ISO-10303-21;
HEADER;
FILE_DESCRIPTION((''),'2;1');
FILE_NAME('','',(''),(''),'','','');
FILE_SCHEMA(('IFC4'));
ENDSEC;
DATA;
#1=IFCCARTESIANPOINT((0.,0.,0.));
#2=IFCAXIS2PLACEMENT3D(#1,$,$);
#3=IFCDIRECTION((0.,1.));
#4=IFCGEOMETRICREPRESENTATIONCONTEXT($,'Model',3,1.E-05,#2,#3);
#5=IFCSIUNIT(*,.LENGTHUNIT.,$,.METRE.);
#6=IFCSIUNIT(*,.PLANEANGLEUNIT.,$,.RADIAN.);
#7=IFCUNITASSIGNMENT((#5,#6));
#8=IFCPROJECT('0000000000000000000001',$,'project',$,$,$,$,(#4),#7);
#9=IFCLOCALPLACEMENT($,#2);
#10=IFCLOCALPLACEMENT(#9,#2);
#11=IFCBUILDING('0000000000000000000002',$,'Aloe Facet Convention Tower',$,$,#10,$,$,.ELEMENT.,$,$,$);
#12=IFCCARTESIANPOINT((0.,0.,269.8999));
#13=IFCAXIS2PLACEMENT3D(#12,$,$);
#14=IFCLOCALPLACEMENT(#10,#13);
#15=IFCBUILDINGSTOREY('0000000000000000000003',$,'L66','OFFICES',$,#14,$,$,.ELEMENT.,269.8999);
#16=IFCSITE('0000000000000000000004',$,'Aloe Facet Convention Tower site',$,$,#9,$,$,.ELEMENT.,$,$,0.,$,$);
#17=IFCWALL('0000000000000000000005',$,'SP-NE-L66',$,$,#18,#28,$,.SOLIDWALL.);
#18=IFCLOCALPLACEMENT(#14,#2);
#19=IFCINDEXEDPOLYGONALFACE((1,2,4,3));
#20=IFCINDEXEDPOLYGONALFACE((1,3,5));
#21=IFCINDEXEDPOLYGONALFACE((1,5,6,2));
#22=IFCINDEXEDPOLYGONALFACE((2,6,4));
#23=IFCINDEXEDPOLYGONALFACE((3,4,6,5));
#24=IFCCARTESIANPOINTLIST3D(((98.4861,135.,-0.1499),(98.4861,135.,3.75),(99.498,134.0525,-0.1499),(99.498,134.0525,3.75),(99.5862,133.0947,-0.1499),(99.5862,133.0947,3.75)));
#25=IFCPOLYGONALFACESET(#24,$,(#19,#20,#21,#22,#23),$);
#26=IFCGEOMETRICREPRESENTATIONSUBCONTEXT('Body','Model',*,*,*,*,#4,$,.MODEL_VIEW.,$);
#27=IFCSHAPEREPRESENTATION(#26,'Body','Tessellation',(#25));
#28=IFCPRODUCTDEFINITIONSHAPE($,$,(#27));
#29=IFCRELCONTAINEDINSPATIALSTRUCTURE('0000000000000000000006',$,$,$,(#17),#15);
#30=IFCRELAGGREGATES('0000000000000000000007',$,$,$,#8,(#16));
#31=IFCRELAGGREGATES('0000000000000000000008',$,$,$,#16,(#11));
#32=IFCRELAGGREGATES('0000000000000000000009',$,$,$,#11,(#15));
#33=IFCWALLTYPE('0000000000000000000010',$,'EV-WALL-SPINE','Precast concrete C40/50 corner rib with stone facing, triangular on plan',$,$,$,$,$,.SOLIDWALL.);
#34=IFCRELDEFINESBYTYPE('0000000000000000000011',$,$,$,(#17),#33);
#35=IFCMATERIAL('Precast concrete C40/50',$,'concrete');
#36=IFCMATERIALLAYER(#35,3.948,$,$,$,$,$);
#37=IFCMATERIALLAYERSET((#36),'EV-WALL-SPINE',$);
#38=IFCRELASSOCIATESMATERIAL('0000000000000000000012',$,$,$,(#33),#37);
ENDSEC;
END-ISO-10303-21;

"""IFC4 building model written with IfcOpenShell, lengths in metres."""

from ifc_helpers import new_model, si_unit, direction, frame, origin, place, context, subcontext, project, spatial, polyline, outline, extrude, material, layer, layer_set, type_object, element, save


model = new_model("IFC4")

# Units and contexts
model_context = context("Model", 3, precision=1e-05, world=origin(), true_north=direction((0.0, 1.0)))
body_context = subcontext(model_context, "Body", "Model", "MODEL_VIEW")
ifc_project = project(units=[si_unit("LENGTHUNIT", "METRE"), si_unit("PLANEANGLEUNIT", "RADIAN")], contexts=[model_context])

# Site, building, storey
site_placement = place(None, origin())
site = spatial("IfcSite", under=ifc_project, at=site_placement, Name="Aloe Facet Convention Tower site", CompositionType="ELEMENT", RefElevation=0.0)
building_placement = place(site_placement, origin())
building = spatial("IfcBuilding", under=site, at=building_placement, Name="Aloe Facet Convention Tower", CompositionType="ELEMENT")
storey_placement = place(building_placement, frame((0.0, 0.0, 269.8999)))
storey = spatial("IfcBuildingStorey", under=building, at=storey_placement, Name="L66", Description="OFFICES", CompositionType="ELEMENT", Elevation=269.8999)

# Wall
ifc_material_1 = material(Name="Precast concrete C40/50", Category="concrete")
ifc_layer_1 = layer(ifc_material_1, 3.948)
ifc_layer_set_1 = layer_set([ifc_layer_1], Name="EV-WALL-SPINE")
wall_type_1 = type_object("IfcWallType", Name="EV-WALL-SPINE", Description="Precast concrete C40/50 corner rib with stone facing, triangular on plan", PredefinedType="SOLIDWALL", material=ifc_layer_set_1)
wall_1_placement = place(storey_placement, frame((0.0, 0.0, -0.1499)))
element("IfcWall", 1, at=wall_1_placement, inside=storey, type_object=wall_type_1, Name="SP-NE-L66", PredefinedType="SOLIDWALL", context=body_context, shape_type="SweptSolid", body=[
    extrude(outline(polyline([(99.5862, 133.0947), (99.498, 134.0525), (98.4861, 135.0), (99.5862, 133.0947)])), origin(), (0.0, 0.0, 1.0), 3.8999),
])

save(model, "model.ifc")
